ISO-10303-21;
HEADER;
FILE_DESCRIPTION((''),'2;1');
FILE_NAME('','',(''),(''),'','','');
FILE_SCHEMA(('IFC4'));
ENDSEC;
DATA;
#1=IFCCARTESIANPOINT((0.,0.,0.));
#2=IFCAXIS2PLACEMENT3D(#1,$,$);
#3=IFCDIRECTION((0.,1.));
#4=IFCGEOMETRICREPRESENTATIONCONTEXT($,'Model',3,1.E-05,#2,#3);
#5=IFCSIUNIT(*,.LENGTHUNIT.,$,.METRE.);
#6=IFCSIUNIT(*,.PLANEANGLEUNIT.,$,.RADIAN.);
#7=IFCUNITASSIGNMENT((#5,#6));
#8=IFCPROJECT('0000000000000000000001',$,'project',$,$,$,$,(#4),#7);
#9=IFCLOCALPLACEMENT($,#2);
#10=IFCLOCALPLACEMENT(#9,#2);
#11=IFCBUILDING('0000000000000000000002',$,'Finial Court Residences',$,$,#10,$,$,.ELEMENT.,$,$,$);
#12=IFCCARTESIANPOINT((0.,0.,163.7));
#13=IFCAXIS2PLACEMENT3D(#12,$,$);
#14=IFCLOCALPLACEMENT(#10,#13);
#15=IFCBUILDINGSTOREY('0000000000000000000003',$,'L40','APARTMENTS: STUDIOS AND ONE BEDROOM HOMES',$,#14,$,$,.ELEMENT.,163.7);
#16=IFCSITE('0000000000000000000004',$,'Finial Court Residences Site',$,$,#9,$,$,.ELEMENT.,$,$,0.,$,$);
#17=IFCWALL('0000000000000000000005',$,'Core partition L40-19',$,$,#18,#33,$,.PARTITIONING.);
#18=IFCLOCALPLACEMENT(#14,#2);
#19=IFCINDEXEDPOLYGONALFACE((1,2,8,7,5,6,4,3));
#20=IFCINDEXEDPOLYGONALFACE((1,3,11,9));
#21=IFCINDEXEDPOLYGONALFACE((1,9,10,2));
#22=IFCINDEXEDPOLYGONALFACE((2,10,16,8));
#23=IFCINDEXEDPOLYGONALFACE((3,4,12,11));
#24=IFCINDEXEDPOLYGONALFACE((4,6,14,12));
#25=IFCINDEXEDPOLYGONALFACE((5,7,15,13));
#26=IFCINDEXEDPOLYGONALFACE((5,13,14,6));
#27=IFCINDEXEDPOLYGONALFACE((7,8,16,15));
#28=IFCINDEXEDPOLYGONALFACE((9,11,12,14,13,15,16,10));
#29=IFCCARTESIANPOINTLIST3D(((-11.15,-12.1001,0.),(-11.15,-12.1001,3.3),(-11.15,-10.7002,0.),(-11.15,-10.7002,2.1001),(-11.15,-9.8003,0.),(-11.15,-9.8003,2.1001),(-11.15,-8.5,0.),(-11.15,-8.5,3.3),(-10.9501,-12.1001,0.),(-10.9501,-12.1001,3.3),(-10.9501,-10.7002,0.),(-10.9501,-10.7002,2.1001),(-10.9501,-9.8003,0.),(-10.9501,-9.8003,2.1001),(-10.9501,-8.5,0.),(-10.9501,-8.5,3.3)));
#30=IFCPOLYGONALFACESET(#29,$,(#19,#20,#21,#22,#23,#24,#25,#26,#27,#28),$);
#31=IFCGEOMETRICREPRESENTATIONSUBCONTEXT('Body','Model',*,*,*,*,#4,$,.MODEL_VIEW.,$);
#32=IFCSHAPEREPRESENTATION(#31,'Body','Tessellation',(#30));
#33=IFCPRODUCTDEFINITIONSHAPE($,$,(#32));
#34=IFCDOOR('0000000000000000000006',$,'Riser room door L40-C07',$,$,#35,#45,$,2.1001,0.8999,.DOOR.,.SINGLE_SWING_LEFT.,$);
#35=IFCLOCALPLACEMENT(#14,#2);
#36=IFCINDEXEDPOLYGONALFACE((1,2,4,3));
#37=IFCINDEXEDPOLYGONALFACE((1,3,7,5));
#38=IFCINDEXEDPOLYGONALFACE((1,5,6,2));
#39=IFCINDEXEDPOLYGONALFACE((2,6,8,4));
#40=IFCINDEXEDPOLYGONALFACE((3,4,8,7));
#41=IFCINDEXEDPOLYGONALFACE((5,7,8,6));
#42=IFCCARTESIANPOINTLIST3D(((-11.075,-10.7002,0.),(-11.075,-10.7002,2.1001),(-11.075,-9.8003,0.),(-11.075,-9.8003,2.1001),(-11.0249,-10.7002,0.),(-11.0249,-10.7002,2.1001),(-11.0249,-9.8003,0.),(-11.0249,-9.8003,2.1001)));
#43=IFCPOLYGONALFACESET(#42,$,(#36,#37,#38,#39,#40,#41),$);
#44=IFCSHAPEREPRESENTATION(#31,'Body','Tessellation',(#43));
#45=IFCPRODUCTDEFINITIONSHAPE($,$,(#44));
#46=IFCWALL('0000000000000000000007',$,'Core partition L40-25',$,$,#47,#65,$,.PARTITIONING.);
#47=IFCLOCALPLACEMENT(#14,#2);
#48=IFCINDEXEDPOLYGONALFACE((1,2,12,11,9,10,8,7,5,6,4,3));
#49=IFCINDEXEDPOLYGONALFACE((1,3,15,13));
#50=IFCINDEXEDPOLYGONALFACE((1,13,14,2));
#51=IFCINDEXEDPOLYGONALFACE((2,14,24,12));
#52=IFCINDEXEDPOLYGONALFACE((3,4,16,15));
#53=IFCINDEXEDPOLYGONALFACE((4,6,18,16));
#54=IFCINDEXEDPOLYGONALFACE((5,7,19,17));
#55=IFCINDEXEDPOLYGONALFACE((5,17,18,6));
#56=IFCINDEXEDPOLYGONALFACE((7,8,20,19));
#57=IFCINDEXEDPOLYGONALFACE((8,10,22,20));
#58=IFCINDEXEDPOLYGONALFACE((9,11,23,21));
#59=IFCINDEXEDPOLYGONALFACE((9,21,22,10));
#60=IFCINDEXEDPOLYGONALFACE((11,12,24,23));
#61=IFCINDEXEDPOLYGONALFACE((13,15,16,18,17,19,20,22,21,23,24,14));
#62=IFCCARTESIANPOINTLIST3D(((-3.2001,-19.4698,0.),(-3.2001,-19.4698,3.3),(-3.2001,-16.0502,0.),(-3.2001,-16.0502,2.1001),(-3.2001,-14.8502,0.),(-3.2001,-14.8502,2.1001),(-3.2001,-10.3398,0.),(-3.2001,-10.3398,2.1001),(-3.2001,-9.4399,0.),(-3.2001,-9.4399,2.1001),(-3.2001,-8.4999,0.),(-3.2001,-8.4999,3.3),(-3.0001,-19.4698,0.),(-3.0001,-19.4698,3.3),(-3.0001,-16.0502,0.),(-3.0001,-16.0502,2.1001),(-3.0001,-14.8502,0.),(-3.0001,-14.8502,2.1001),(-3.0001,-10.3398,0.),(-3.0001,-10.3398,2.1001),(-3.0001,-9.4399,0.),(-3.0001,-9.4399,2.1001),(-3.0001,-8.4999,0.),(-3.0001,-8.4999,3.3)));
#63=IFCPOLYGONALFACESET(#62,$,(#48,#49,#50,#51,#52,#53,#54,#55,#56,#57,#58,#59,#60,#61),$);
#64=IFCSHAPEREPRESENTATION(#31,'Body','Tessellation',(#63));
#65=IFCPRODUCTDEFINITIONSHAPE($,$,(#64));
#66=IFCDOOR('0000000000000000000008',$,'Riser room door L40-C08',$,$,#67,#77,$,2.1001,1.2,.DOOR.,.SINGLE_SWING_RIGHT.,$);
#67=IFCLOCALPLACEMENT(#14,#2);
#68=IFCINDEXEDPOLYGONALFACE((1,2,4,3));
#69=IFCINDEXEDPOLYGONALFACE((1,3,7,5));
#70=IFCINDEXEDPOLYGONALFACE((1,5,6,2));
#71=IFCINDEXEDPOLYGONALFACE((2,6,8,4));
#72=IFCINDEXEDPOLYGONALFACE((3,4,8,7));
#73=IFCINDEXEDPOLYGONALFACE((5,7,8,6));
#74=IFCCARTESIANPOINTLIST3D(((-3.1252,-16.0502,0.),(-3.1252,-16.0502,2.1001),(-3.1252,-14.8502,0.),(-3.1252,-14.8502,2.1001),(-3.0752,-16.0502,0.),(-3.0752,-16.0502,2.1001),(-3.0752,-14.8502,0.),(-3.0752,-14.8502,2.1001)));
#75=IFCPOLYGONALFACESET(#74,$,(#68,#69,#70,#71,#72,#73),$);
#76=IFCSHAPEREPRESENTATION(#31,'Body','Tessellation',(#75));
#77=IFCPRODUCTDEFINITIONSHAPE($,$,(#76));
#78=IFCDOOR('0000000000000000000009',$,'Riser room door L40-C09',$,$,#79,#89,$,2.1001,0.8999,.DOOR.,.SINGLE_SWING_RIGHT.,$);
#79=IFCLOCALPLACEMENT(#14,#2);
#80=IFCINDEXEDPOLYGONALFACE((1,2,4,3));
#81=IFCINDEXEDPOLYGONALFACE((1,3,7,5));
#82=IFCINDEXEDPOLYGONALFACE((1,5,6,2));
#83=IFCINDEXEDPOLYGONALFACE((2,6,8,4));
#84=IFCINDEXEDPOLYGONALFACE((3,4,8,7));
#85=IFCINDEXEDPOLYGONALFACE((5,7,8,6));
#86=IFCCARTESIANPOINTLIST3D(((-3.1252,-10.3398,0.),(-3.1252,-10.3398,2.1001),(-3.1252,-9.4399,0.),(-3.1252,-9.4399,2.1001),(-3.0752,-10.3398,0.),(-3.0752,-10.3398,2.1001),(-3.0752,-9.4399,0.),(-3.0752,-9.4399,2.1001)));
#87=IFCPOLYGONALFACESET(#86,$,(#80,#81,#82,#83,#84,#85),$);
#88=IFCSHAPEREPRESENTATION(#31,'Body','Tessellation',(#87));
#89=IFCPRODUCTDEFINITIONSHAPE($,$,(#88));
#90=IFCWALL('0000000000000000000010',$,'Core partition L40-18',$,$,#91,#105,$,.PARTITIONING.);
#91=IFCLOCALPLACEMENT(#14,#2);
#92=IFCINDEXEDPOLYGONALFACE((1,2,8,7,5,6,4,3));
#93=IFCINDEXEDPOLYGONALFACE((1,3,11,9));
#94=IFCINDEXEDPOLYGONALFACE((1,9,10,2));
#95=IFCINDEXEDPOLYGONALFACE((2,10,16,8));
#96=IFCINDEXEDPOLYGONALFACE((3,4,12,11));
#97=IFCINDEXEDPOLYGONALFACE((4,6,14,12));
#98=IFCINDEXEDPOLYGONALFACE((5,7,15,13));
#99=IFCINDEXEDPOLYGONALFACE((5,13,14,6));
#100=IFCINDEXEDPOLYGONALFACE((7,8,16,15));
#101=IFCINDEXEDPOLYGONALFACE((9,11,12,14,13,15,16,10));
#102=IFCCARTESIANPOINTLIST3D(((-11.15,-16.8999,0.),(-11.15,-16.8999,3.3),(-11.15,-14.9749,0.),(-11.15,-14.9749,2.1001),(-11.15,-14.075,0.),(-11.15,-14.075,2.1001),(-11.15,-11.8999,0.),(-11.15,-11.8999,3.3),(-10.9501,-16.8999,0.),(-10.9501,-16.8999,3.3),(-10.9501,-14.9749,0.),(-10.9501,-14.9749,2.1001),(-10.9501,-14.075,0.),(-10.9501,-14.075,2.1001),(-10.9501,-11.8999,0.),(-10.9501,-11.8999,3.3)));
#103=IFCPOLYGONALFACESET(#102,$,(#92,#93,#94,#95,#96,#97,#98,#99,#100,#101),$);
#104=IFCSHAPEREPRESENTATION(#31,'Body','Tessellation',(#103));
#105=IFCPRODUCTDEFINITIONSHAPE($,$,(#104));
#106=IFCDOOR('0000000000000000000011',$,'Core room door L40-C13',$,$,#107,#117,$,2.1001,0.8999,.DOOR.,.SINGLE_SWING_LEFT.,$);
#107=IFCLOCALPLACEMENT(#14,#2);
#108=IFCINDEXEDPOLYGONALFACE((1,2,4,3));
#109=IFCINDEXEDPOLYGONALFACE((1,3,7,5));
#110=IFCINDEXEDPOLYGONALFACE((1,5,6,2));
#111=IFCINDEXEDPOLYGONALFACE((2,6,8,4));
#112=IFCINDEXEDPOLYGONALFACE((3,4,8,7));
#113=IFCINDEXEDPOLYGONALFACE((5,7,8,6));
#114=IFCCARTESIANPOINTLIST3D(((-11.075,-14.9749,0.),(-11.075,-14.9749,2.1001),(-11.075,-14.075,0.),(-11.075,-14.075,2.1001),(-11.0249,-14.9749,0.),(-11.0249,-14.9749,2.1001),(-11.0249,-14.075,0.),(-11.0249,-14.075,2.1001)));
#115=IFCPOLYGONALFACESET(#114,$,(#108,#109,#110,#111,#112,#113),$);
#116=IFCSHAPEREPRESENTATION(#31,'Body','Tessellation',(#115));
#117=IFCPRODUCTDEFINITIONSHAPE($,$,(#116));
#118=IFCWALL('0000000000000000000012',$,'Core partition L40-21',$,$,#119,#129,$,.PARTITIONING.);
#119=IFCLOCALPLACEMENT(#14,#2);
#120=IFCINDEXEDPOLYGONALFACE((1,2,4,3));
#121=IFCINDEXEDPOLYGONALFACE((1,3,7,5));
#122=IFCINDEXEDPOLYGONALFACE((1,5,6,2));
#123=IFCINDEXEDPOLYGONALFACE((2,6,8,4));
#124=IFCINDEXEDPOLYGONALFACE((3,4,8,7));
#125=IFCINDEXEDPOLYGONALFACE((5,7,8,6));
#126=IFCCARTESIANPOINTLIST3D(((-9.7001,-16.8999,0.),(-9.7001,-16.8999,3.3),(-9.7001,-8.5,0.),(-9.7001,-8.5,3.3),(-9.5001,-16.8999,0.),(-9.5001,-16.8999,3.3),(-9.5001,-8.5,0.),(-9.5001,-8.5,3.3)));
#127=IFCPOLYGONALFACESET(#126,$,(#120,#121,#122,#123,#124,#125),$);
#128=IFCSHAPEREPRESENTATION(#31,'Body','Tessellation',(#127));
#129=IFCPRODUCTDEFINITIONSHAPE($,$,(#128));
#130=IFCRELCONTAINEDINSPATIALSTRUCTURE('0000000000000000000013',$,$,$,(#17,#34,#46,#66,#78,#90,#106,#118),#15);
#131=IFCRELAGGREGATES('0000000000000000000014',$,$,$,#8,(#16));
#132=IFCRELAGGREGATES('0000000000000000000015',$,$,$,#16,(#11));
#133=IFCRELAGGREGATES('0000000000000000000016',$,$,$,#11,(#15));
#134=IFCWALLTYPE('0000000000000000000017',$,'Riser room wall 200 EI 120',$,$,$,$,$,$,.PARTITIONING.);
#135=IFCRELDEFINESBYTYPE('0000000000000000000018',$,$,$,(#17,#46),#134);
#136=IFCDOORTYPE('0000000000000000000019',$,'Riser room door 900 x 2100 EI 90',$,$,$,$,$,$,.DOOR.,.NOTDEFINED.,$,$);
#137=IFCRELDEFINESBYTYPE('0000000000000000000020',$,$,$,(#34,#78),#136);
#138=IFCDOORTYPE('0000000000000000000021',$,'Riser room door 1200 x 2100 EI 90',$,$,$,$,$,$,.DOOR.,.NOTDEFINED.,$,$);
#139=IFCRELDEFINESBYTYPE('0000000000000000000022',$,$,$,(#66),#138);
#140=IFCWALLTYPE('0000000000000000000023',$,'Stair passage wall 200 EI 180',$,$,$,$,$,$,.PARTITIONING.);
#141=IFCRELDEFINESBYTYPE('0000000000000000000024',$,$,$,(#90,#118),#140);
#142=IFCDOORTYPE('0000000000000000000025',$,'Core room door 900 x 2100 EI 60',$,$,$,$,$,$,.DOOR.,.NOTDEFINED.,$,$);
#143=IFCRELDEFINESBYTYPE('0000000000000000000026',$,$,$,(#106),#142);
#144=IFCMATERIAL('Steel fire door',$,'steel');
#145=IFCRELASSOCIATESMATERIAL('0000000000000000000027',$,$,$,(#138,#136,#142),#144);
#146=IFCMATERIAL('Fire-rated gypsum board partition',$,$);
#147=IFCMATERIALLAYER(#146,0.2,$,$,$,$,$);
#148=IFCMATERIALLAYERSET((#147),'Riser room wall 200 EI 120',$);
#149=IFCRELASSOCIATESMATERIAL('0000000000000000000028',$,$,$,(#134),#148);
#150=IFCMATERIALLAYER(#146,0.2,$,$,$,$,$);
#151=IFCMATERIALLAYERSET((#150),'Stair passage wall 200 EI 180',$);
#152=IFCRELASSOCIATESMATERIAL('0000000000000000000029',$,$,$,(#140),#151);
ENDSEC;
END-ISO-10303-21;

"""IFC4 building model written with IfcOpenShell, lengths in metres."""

from ifc_helpers import new_model, si_unit, direction, frame, frame_2d, origin, place, context, subcontext, project, spatial, rectangle, extrude, material, layer, layer_set, type_object, element, fill, save


model = new_model("IFC4")

# Units and contexts
model_context = context("Model", 3, precision=1e-05, world=origin(), true_north=direction((0.0, 1.0)))
body_context = subcontext(model_context, "Body", "Model", "MODEL_VIEW")
ifc_project = project(units=[si_unit("LENGTHUNIT", "METRE"), si_unit("PLANEANGLEUNIT", "RADIAN")], contexts=[model_context])

# Site, building, storey
site_placement = place(None, origin())
site = spatial("IfcSite", under=ifc_project, at=site_placement, Name="Finial Court Residences Site", CompositionType="ELEMENT", RefElevation=0.0)
building_placement = place(site_placement, origin())
building = spatial("IfcBuilding", under=site, at=building_placement, Name="Finial Court Residences", CompositionType="ELEMENT")
storey_placement = place(building_placement, frame((0.0, 0.0, 163.7)))
storey = spatial("IfcBuildingStorey", under=building, at=storey_placement, Name="L40", Description="APARTMENTS: STUDIOS AND ONE BEDROOM HOMES", CompositionType="ELEMENT", Elevation=163.7)

# Shared definitions
ifc_material_1 = material(Name="Steel fire door", Category="steel")
door_type_1 = type_object("IfcDoorType", Name="Riser room door 1200 x 2100 EI 90", OperationType="NOTDEFINED", PredefinedType="DOOR", material=ifc_material_1)
door_type_2 = type_object("IfcDoorType", Name="Riser room door 900 x 2100 EI 90", OperationType="NOTDEFINED", PredefinedType="DOOR", material=ifc_material_1)

# Shared definitions
ifc_material_2 = material(Name="Fire-rated gypsum board partition")
ifc_layer_1 = layer(ifc_material_2, 0.2)
ifc_layer_set_1 = layer_set([ifc_layer_1], Name="Riser room wall 200 EI 120")
wall_type_1 = type_object("IfcWallType", Name="Riser room wall 200 EI 120", PredefinedType="PARTITIONING", material=ifc_layer_set_1)

# Wall, opening, door
wall_1_placement = place(storey_placement, frame((-11.05, -12.1001, 0.0), z_axis=(0.0, 0.0, 1.0), x_axis=(0.0, 1.0, 0.0)))
wall_1 = element("IfcWall", 1, at=wall_1_placement, inside=storey, type_object=wall_type_1, Name="Core partition L40-19", PredefinedType="PARTITIONING", context=body_context, shape_type="SweptSolid", body=[
    extrude(rectangle(XDim=3.6001, YDim=0.2, at=frame_2d((1.8, 0.0))), origin(), (0.0, 0.0, 1.0), 3.3),
])
opening_1_placement = place(wall_1_placement, frame((1.3999, 0.0, 0.0)))
opening_1 = element("IfcOpeningElement", 2, at=opening_1_placement, cuts=wall_1, PredefinedType="OPENING", context=body_context, shape_type="SweptSolid", body=[
    extrude(rectangle(XDim=0.8999, YDim=2.1001, at=frame_2d((0.45, 1.05))), frame((0.0, 0.1099, 0.0), z_axis=(0.0, -1.0, 0.0), x_axis=(1.0, 0.0, 0.0)), (0.0, 0.0, 1.0), 0.22),
])
door_1_placement = place(opening_1_placement, origin())
door_1 = element("IfcDoor", 3, at=door_1_placement, inside=storey, type_object=door_type_2, Name="Riser room door L40-C07", OperationType="SINGLE_SWING_LEFT", OverallHeight=2.1001, OverallWidth=0.8999, PredefinedType="DOOR", context=body_context, shape_type="SweptSolid", body=[
    extrude(rectangle(XDim=0.8999, YDim=2.1001, at=frame_2d((0.45, 1.05))), frame((0.0, 0.0249, 0.0), z_axis=(0.0, -1.0, 0.0), x_axis=(1.0, 0.0, 0.0)), (0.0, 0.0, 1.0), 0.05),
])
fill(opening_1, door_1)

# Wall, openings, doors
wall_2_placement = place(storey_placement, frame((-3.1001, -8.5, 0.0), z_axis=(0.0, 0.0, 1.0), x_axis=(0.0, -1.0, 0.0)))
wall_2 = element("IfcWall", 4, at=wall_2_placement, inside=storey, type_object=wall_type_1, Name="Core partition L40-25", PredefinedType="PARTITIONING", context=body_context, shape_type="SweptSolid", body=[
    extrude(rectangle(XDim=10.97, YDim=0.2, at=frame_2d((5.4849, 0.0))), origin(), (0.0, 0.0, 1.0), 3.3),
])
opening_2_placement = place(wall_2_placement, frame((6.3501, 0.0, 0.0)))
opening_2 = element("IfcOpeningElement", 5, at=opening_2_placement, cuts=wall_2, PredefinedType="OPENING", context=body_context, shape_type="SweptSolid", body=[
    extrude(rectangle(XDim=1.2, YDim=2.1001, at=frame_2d((0.6001, 1.05))), frame((0.0, 0.1099, 0.0), z_axis=(0.0, -1.0, 0.0), x_axis=(1.0, 0.0, 0.0)), (0.0, 0.0, 1.0), 0.22),
])
opening_3_placement = place(wall_2_placement, frame((0.9399, 0.0, 0.0)))
opening_3 = element("IfcOpeningElement", 6, at=opening_3_placement, cuts=wall_2, PredefinedType="OPENING", context=body_context, shape_type="SweptSolid", body=[
    extrude(rectangle(XDim=0.8999, YDim=2.1001, at=frame_2d((0.45, 1.05))), frame((0.0, 0.1099, 0.0), z_axis=(0.0, -1.0, 0.0), x_axis=(1.0, 0.0, 0.0)), (0.0, 0.0, 1.0), 0.22),
])
door_2_placement = place(opening_2_placement, origin())
door_2 = element("IfcDoor", 7, at=door_2_placement, inside=storey, type_object=door_type_1, Name="Riser room door L40-C08", OperationType="SINGLE_SWING_RIGHT", OverallHeight=2.1001, OverallWidth=1.2, PredefinedType="DOOR", context=body_context, shape_type="SweptSolid", body=[
    extrude(rectangle(XDim=1.2, YDim=2.1001, at=frame_2d((0.6001, 1.05))), frame((0.0, 0.0249, 0.0), z_axis=(0.0, -1.0, 0.0), x_axis=(1.0, 0.0, 0.0)), (0.0, 0.0, 1.0), 0.05),
])
fill(opening_2, door_2)
door_3_placement = place(opening_3_placement, origin())
door_3 = element("IfcDoor", 8, at=door_3_placement, inside=storey, type_object=door_type_2, Name="Riser room door L40-C09", OperationType="SINGLE_SWING_RIGHT", OverallHeight=2.1001, OverallWidth=0.8999, PredefinedType="DOOR", context=body_context, shape_type="SweptSolid", body=[
    extrude(rectangle(XDim=0.8999, YDim=2.1001, at=frame_2d((0.45, 1.05))), frame((0.0, 0.0249, 0.0), z_axis=(0.0, -1.0, 0.0), x_axis=(1.0, 0.0, 0.0)), (0.0, 0.0, 1.0), 0.05),
])
fill(opening_3, door_3)

# Wall, opening, door
ifc_layer_2 = layer(ifc_material_2, 0.2)
ifc_layer_set_2 = layer_set([ifc_layer_2], Name="Stair passage wall 200 EI 180")
wall_type_2 = type_object("IfcWallType", Name="Stair passage wall 200 EI 180", PredefinedType="PARTITIONING", material=ifc_layer_set_2)
wall_3_placement = place(storey_placement, frame((-11.05, -16.8999, 0.0), z_axis=(0.0, 0.0, 1.0), x_axis=(0.0, 1.0, 0.0)))
wall_3 = element("IfcWall", 9, at=wall_3_placement, inside=storey, type_object=wall_type_2, Name="Core partition L40-18", PredefinedType="PARTITIONING", context=body_context, shape_type="SweptSolid", body=[
    extrude(rectangle(XDim=5.0, YDim=0.2, at=frame_2d((2.5, 0.0))), origin(), (0.0, 0.0, 1.0), 3.3),
])
opening_4_placement = place(wall_3_placement, frame((1.925, 0.0, 0.0)))
opening_4 = element("IfcOpeningElement", 10, at=opening_4_placement, cuts=wall_3, PredefinedType="OPENING", context=body_context, shape_type="SweptSolid", body=[
    extrude(rectangle(XDim=0.8999, YDim=2.1001, at=frame_2d((0.45, 1.05))), frame((0.0, 0.1099, 0.0), z_axis=(0.0, -1.0, 0.0), x_axis=(1.0, 0.0, 0.0)), (0.0, 0.0, 1.0), 0.22),
])
door_type_3 = type_object("IfcDoorType", Name="Core room door 900 x 2100 EI 60", OperationType="NOTDEFINED", PredefinedType="DOOR", material=ifc_material_1)
door_4_placement = place(opening_4_placement, origin())
door_4 = element("IfcDoor", 11, at=door_4_placement, inside=storey, type_object=door_type_3, Name="Core room door L40-C13", OperationType="SINGLE_SWING_LEFT", OverallHeight=2.1001, OverallWidth=0.8999, PredefinedType="DOOR", context=body_context, shape_type="SweptSolid", body=[
    extrude(rectangle(XDim=0.8999, YDim=2.1001, at=frame_2d((0.45, 1.05))), frame((0.0, 0.0249, 0.0), z_axis=(0.0, -1.0, 0.0), x_axis=(1.0, 0.0, 0.0)), (0.0, 0.0, 1.0), 0.05),
])
fill(opening_4, door_4)

# Wall
wall_4_placement = place(storey_placement, frame((-9.6001, -16.8999, 0.0), z_axis=(0.0, 0.0, 1.0), x_axis=(0.0, 1.0, 0.0)))
element("IfcWall", 12, at=wall_4_placement, inside=storey, type_object=wall_type_2, Name="Core partition L40-21", PredefinedType="PARTITIONING", context=body_context, shape_type="SweptSolid", body=[
    extrude(rectangle(XDim=8.3999, YDim=0.2, at=frame_2d((4.2, 0.0))), origin(), (0.0, 0.0, 1.0), 3.3),
])

save(model, "model.ifc")
